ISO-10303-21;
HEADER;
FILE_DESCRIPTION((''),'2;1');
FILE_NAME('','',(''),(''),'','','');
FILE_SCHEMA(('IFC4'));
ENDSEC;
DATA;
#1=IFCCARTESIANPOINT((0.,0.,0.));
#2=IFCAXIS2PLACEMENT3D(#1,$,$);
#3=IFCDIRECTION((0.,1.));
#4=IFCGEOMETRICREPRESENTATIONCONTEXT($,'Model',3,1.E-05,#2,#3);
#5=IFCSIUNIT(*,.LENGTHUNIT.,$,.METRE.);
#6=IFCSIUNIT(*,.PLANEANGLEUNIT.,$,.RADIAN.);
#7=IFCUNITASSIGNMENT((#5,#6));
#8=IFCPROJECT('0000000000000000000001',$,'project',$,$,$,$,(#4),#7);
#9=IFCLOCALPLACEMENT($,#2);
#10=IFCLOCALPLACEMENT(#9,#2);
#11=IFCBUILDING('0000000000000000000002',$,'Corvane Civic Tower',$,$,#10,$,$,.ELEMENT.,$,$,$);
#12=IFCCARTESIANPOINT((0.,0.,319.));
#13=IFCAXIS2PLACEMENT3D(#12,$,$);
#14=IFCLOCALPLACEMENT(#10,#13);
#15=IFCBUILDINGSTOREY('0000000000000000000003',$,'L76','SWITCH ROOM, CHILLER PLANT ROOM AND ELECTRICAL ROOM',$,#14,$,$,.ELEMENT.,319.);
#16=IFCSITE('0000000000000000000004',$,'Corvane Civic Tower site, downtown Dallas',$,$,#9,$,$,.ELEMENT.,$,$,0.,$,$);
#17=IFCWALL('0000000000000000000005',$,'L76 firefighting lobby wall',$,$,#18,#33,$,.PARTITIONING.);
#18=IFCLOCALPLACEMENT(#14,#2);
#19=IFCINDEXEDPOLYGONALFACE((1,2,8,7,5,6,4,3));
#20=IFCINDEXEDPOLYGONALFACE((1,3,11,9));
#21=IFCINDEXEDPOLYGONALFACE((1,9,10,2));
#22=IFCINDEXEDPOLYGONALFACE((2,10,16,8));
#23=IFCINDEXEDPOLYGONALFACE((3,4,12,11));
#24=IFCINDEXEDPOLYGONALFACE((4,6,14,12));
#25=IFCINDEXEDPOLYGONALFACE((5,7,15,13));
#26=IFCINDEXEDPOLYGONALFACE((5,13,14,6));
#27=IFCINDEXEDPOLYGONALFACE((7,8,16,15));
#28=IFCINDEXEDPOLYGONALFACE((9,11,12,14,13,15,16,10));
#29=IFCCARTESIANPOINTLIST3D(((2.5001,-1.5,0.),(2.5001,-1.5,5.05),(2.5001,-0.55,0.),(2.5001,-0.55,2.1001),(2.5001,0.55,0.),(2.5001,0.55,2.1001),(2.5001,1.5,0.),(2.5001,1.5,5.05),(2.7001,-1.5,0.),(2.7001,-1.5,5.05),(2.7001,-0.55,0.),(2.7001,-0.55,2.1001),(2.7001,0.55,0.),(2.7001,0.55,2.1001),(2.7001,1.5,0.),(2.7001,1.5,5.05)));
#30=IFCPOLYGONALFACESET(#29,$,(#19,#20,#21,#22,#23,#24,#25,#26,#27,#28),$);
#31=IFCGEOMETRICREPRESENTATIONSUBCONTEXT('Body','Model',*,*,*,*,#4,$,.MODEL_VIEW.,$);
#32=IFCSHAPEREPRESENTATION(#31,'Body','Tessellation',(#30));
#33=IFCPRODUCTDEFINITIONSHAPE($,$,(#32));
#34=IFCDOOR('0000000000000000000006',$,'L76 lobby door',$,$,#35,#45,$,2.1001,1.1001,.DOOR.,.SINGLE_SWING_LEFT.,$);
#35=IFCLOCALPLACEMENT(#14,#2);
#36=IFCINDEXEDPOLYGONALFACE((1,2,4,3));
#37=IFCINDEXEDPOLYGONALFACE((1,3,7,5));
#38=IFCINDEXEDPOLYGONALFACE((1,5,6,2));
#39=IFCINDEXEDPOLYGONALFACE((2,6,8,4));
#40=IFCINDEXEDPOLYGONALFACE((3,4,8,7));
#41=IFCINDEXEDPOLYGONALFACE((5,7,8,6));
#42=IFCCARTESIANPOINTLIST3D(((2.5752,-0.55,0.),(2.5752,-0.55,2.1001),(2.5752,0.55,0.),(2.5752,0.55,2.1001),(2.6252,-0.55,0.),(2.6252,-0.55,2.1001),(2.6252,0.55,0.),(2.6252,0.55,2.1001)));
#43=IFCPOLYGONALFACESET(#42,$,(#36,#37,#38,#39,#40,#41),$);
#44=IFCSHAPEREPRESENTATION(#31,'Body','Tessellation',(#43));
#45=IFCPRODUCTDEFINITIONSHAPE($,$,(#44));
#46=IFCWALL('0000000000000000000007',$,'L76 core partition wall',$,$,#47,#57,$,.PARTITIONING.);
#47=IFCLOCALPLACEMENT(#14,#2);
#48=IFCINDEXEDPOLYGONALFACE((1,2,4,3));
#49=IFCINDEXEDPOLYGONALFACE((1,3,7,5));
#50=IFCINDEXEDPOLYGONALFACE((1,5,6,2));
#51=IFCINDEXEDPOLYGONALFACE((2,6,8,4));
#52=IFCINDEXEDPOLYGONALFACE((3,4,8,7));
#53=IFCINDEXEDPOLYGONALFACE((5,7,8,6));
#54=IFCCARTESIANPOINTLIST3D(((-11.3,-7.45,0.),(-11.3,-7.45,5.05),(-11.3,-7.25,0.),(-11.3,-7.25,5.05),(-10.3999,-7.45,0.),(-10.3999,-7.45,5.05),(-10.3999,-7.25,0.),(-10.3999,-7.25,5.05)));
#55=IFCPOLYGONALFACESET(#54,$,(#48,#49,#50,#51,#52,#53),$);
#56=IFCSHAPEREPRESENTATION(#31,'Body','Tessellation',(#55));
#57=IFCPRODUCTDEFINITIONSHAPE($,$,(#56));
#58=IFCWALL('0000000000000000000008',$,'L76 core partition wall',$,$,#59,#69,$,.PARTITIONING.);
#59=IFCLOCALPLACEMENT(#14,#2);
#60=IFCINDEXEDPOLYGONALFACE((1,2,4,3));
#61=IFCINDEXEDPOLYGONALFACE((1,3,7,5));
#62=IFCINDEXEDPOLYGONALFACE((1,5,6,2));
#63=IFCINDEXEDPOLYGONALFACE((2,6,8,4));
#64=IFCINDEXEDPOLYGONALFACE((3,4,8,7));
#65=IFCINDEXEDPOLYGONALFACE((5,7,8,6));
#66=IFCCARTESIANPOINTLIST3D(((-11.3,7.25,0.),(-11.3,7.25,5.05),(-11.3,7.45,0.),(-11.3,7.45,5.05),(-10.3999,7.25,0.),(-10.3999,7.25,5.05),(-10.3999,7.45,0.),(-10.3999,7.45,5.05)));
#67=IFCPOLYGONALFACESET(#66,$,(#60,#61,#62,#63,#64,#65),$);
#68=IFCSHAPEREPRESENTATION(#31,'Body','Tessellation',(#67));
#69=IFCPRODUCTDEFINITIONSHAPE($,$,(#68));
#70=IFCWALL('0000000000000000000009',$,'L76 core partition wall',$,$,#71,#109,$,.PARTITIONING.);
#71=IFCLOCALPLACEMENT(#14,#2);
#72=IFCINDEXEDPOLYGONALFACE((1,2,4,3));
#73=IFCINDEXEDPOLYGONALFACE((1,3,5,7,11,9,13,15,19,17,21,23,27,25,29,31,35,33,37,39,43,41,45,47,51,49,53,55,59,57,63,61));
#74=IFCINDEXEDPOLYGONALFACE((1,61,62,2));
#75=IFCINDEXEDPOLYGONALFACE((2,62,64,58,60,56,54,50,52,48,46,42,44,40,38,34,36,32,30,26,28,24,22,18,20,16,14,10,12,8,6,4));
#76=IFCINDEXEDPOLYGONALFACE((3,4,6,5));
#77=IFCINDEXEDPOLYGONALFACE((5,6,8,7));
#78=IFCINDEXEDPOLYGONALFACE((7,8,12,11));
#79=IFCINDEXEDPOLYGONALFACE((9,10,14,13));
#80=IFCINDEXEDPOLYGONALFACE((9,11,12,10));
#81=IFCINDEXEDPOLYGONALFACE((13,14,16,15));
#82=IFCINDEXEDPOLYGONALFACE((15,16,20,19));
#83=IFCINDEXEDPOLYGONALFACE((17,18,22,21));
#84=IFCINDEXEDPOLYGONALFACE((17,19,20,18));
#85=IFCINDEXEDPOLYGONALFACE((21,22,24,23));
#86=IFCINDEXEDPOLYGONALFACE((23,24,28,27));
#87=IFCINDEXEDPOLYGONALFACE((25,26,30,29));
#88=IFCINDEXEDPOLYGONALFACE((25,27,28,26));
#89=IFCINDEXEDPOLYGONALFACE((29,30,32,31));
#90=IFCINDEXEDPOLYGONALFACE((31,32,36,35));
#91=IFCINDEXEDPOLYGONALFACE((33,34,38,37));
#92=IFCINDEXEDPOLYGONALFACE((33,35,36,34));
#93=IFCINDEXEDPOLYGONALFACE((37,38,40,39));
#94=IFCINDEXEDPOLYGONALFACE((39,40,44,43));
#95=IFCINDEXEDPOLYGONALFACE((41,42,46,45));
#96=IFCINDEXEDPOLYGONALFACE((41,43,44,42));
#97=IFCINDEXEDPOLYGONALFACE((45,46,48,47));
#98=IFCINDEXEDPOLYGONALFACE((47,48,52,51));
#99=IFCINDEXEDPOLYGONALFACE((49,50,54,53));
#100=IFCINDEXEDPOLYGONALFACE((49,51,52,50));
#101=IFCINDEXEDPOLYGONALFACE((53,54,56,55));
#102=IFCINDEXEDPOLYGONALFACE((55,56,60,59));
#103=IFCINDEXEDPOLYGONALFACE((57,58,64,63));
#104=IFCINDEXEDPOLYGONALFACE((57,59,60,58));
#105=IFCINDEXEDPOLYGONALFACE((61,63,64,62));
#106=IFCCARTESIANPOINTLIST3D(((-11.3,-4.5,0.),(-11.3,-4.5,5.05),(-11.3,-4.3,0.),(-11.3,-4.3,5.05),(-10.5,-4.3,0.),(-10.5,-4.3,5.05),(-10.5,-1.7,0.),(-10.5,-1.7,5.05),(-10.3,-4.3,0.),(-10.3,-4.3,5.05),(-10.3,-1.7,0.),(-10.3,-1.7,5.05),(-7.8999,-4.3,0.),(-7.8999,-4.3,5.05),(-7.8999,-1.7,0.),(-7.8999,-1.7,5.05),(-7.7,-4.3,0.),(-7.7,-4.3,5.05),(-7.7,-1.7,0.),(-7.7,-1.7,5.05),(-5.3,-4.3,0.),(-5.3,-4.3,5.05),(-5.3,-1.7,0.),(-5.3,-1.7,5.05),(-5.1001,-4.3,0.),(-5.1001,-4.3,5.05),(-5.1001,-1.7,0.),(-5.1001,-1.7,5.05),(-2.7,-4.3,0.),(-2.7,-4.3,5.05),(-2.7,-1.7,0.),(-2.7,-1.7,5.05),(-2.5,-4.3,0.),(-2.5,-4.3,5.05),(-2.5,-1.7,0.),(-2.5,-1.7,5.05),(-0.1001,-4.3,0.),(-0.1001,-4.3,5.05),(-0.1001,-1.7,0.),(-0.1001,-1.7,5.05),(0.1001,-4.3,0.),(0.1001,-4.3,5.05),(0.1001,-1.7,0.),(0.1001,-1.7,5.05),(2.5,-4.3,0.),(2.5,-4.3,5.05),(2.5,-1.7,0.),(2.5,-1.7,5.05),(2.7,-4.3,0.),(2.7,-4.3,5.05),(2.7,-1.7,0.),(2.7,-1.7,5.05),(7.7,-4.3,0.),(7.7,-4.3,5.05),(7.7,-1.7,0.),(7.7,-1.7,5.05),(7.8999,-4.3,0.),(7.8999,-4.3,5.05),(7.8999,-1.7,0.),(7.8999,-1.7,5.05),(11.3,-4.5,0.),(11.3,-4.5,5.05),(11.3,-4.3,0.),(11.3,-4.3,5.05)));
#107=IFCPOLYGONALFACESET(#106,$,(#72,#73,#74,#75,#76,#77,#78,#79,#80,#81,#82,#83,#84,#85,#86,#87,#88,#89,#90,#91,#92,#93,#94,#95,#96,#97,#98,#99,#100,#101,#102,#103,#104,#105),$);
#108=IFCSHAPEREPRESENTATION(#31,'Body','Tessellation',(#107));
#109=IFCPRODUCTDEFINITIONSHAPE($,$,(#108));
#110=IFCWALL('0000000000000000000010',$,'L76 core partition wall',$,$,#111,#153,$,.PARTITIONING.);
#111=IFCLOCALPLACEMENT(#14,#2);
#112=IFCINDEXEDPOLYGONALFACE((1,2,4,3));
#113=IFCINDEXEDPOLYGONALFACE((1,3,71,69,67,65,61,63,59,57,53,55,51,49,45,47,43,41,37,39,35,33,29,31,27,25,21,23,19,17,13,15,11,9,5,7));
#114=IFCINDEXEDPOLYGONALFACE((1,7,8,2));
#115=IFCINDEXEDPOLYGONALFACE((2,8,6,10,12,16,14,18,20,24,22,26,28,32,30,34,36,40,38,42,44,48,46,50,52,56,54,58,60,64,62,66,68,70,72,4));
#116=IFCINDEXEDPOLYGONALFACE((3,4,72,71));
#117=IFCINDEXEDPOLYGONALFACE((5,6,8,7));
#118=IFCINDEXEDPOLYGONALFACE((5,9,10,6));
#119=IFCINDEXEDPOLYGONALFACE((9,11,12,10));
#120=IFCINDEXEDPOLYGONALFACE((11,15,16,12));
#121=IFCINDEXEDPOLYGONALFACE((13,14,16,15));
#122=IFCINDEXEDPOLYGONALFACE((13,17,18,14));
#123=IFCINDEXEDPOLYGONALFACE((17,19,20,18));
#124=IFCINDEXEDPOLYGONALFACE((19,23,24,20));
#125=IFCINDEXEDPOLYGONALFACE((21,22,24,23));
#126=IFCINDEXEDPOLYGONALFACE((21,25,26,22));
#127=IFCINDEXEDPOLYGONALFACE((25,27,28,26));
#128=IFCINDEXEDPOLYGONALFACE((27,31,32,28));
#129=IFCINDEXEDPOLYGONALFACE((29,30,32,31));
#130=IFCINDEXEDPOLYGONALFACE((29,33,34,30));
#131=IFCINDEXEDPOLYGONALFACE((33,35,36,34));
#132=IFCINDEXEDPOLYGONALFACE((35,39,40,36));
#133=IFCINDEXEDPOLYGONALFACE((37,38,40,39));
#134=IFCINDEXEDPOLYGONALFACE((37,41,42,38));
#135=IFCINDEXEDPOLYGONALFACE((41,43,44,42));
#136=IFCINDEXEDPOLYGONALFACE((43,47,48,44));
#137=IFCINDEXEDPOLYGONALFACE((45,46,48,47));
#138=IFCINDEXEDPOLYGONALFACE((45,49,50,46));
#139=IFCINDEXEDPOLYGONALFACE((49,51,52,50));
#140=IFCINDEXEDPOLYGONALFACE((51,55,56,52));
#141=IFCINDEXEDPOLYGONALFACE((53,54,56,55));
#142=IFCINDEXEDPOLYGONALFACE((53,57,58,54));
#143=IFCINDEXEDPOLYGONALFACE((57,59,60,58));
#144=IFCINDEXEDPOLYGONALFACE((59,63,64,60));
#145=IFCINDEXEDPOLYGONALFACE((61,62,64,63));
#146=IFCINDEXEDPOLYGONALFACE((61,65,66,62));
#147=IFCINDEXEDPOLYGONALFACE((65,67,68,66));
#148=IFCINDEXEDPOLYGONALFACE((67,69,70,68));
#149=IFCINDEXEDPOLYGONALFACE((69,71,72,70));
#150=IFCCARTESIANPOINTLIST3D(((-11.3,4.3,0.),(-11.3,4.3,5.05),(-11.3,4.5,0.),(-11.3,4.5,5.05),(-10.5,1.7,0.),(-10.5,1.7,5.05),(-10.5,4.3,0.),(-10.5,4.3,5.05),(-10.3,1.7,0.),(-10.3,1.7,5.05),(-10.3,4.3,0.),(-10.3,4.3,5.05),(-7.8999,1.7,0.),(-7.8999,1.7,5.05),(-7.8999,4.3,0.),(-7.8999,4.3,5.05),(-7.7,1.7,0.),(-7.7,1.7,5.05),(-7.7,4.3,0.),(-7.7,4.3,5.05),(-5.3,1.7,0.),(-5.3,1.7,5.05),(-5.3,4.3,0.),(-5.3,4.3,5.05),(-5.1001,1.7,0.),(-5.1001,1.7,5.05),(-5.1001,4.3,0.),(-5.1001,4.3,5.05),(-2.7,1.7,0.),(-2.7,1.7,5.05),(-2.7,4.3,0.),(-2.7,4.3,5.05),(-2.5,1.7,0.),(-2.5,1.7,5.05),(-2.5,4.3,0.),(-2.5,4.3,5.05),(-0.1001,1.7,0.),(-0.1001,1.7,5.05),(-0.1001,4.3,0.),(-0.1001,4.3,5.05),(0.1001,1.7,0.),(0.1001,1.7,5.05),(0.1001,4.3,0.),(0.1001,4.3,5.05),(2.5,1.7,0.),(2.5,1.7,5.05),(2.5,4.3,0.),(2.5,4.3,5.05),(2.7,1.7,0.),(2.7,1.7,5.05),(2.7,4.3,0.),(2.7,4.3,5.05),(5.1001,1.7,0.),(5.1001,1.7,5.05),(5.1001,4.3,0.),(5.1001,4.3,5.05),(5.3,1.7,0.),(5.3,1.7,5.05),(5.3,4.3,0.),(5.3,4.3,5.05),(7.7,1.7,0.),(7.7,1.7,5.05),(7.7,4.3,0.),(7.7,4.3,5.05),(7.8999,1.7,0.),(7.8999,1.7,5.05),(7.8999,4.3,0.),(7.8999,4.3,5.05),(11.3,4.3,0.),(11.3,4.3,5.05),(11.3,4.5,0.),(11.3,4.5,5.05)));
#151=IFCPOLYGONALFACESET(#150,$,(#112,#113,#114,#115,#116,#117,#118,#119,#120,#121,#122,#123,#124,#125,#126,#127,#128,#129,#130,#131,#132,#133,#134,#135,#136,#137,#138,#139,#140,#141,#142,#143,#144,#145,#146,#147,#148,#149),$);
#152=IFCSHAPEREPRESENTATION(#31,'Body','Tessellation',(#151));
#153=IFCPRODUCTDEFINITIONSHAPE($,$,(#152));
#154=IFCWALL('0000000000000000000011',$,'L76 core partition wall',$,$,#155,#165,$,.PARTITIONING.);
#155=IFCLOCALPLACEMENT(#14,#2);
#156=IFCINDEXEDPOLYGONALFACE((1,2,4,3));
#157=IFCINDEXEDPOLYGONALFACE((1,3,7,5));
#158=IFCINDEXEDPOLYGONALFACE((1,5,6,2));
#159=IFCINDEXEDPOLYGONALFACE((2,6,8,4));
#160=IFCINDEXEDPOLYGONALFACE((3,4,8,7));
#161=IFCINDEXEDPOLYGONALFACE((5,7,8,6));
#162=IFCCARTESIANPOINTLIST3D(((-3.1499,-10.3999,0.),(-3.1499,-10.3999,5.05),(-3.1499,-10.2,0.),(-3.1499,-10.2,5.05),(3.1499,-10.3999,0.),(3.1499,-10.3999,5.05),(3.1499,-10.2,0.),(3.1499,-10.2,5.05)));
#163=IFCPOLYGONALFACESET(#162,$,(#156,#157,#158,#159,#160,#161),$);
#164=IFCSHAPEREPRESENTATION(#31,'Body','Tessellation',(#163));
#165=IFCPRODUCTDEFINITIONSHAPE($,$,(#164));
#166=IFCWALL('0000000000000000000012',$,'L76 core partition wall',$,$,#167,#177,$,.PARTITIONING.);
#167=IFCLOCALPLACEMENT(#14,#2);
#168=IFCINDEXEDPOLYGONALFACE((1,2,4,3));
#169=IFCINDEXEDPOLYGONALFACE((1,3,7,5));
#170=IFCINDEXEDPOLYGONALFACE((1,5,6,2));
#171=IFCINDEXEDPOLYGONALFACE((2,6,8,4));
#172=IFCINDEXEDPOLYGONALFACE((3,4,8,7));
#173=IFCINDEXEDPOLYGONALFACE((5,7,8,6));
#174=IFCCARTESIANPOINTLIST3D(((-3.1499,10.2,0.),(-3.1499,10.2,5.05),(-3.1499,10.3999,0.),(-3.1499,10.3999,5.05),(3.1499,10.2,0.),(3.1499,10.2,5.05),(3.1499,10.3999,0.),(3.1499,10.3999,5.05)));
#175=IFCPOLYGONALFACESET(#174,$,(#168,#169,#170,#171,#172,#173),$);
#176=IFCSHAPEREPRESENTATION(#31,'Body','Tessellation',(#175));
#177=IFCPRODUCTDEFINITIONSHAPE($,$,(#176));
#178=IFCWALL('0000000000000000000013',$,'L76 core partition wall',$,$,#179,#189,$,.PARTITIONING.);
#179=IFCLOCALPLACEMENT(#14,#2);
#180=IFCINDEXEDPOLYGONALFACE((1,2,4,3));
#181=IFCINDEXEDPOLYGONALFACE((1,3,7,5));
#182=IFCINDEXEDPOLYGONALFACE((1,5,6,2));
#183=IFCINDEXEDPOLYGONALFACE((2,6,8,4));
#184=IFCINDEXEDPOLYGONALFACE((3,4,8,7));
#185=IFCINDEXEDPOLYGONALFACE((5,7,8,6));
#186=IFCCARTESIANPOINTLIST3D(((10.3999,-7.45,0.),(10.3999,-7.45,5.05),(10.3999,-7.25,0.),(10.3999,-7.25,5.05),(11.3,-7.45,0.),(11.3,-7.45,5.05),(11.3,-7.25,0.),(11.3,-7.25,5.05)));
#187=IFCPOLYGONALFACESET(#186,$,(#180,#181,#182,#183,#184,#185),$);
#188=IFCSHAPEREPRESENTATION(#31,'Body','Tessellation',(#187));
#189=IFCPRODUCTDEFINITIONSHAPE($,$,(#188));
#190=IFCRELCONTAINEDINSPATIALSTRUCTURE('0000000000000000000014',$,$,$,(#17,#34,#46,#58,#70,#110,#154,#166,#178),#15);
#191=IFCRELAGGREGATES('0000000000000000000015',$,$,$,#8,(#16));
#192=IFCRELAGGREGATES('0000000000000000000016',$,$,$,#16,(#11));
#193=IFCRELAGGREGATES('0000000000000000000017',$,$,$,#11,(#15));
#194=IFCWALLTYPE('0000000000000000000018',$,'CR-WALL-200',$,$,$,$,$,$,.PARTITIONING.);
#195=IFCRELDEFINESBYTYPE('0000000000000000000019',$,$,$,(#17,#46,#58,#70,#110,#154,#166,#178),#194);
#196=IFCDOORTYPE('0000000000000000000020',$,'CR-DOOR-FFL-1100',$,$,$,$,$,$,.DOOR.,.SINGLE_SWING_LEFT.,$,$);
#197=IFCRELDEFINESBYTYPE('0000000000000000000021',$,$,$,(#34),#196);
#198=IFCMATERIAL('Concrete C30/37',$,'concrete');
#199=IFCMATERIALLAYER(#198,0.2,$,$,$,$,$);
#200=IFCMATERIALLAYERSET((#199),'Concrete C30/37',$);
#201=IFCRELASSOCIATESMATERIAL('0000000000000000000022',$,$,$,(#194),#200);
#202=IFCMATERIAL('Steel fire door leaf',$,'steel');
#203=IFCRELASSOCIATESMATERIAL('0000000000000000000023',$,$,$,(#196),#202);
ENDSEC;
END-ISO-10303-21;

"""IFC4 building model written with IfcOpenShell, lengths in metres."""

from ifc_helpers import new_model, si_unit, direction, frame, frame_2d, origin, place, context, subcontext, project, spatial, polyline, rectangle, outline, extrude, material, layer, layer_set, type_object, element, fill, save


model = new_model("IFC4")

# Units and contexts
model_context = context("Model", 3, precision=1e-05, world=origin(), true_north=direction((0.0, 1.0)))
body_context = subcontext(model_context, "Body", "Model", "MODEL_VIEW")
ifc_project = project(units=[si_unit("LENGTHUNIT", "METRE"), si_unit("PLANEANGLEUNIT", "RADIAN")], contexts=[model_context])

# Site, building, storey
site_placement = place(None, origin())
site = spatial("IfcSite", under=ifc_project, at=site_placement, Name="Corvane Civic Tower site, downtown Dallas", CompositionType="ELEMENT", RefElevation=0.0)
building_placement = place(site_placement, origin())
building = spatial("IfcBuilding", under=site, at=building_placement, Name="Corvane Civic Tower", CompositionType="ELEMENT")
storey_placement = place(building_placement, frame((0.0, 0.0, 319.0)))
storey = spatial("IfcBuildingStorey", under=building, at=storey_placement, Name="L76", Description="SWITCH ROOM, CHILLER PLANT ROOM AND ELECTRICAL ROOM", CompositionType="ELEMENT", Elevation=319.0)

# Wall, opening, door
ifc_material_1 = material(Name="Concrete C30/37", Category="concrete")
ifc_layer_1 = layer(ifc_material_1, 0.2)
ifc_layer_set_1 = layer_set([ifc_layer_1], Name="Concrete C30/37")
wall_type_1 = type_object("IfcWallType", Name="CR-WALL-200", PredefinedType="PARTITIONING", material=ifc_layer_set_1)
wall_1_placement = place(storey_placement, frame((2.6001, -1.5, 0.0), z_axis=(0.0, 0.0, 1.0), x_axis=(0.0, 1.0, 0.0)))
wall_1 = element("IfcWall", 1, at=wall_1_placement, inside=storey, type_object=wall_type_1, Name="L76 firefighting lobby wall", PredefinedType="PARTITIONING", context=body_context, shape_type="SweptSolid", body=[
    extrude(rectangle(XDim=3.0, YDim=0.2, at=frame_2d((1.5, 0.0))), origin(), (0.0, 0.0, 1.0), 5.05),
])
opening_1_placement = place(wall_1_placement, frame((0.95, 0.0, 0.0)))
opening_1 = element("IfcOpeningElement", 2, at=opening_1_placement, cuts=wall_1, PredefinedType="OPENING", context=body_context, shape_type="SweptSolid", body=[
    extrude(rectangle(XDim=1.1001, YDim=2.1001, at=frame_2d((0.55, 1.05))), frame((0.0, 0.1099, 0.0), z_axis=(0.0, -1.0, 0.0), x_axis=(1.0, 0.0, 0.0)), (0.0, 0.0, 1.0), 0.22),
])
ifc_material_2 = material(Name="Steel fire door leaf", Category="steel")
door_type_1 = type_object("IfcDoorType", Name="CR-DOOR-FFL-1100", OperationType="SINGLE_SWING_LEFT", PredefinedType="DOOR", material=ifc_material_2)
door_1_placement = place(opening_1_placement, origin())
door_1 = element("IfcDoor", 3, at=door_1_placement, inside=storey, type_object=door_type_1, Name="L76 lobby door", OperationType="SINGLE_SWING_LEFT", OverallHeight=2.1001, OverallWidth=1.1001, PredefinedType="DOOR", context=body_context, shape_type="SweptSolid", body=[
    extrude(rectangle(XDim=1.1001, YDim=2.1001, at=frame_2d((0.55, 1.05))), frame((0.0, 0.0249, 0.0), z_axis=(0.0, -1.0, 0.0), x_axis=(1.0, 0.0, 0.0)), (0.0, 0.0, 1.0), 0.05),
])
fill(opening_1, door_1)

# Walls
wall_2_placement = place(storey_placement, origin())
element("IfcWall", 4, at=wall_2_placement, inside=storey, type_object=wall_type_1, Name="L76 core partition wall", PredefinedType="PARTITIONING", context=body_context, shape_type="SweptSolid", body=[
    extrude(outline(polyline([(-10.3999, -7.45), (-11.3, -7.45), (-11.3, -7.25), (-10.3999, -7.25), (-10.3999, -7.45)])), origin(), (0.0, 0.0, 1.0), 5.05),
])
wall_3_placement = place(storey_placement, origin())
element("IfcWall", 5, at=wall_3_placement, inside=storey, type_object=wall_type_1, Name="L76 core partition wall", PredefinedType="PARTITIONING", context=body_context, shape_type="SweptSolid", body=[
    extrude(outline(polyline([(-11.3, 7.25), (-11.3, 7.45), (-10.3999, 7.45), (-10.3999, 7.25), (-11.3, 7.25)])), origin(), (0.0, 0.0, 1.0), 5.05),
])
wall_4_placement = place(storey_placement, origin())
element("IfcWall", 6, at=wall_4_placement, inside=storey, type_object=wall_type_1, Name="L76 core partition wall", PredefinedType="PARTITIONING", context=body_context, shape_type="SweptSolid", body=[
    extrude(outline(polyline([(-10.3, -1.7), (-10.3, -4.3), (-7.8999, -4.3), (-7.8999, -1.7), (-7.7, -1.7), (-7.7, -4.3), (-5.3, -4.3), (-5.3, -1.7), (-5.1001, -1.7), (-5.1001, -4.3), (-2.7, -4.3), (-2.7, -1.7), (-2.5, -1.7), (-2.5, -4.3), (-0.1001, -4.3), (-0.1001, -1.7), (0.1001, -1.7), (0.1001, -4.3), (2.5, -4.3), (2.5, -1.7), (2.7, -1.7), (2.7, -4.3), (7.7, -4.3), (7.7, -1.7), (7.8999, -1.7), (7.8999, -4.3), (11.3, -4.3), (11.3, -4.5), (-11.3, -4.5), (-11.3, -4.3), (-10.5, -4.3), (-10.5, -1.7), (-10.3, -1.7)])), origin(), (0.0, 0.0, 1.0), 5.05),
])
wall_5_placement = place(storey_placement, origin())
element("IfcWall", 7, at=wall_5_placement, inside=storey, type_object=wall_type_1, Name="L76 core partition wall", PredefinedType="PARTITIONING", context=body_context, shape_type="SweptSolid", body=[
    extrude(outline(polyline([(0.1001, 1.7), (-0.1001, 1.7), (-0.1001, 4.3), (-2.5, 4.3), (-2.5, 1.7), (-2.7, 1.7), (-2.7, 4.3), (-5.1001, 4.3), (-5.1001, 1.7), (-5.3, 1.7), (-5.3, 4.3), (-7.7, 4.3), (-7.7, 1.7), (-7.8999, 1.7), (-7.8999, 4.3), (-10.3, 4.3), (-10.3, 1.7), (-10.5, 1.7), (-10.5, 4.3), (-11.3, 4.3), (-11.3, 4.5), (11.3, 4.5), (11.3, 4.3), (7.8999, 4.3), (7.8999, 1.7), (7.7, 1.7), (7.7, 4.3), (5.3, 4.3), (5.3, 1.7), (5.1001, 1.7), (5.1001, 4.3), (2.7, 4.3), (2.7, 1.7), (2.5, 1.7), (2.5, 4.3), (0.1001, 4.3), (0.1001, 1.7)])), origin(), (0.0, 0.0, 1.0), 5.05),
])
wall_6_placement = place(storey_placement, origin())
element("IfcWall", 8, at=wall_6_placement, inside=storey, type_object=wall_type_1, Name="L76 core partition wall", PredefinedType="PARTITIONING", context=body_context, shape_type="SweptSolid", body=[
    extrude(outline(polyline([(3.1499, -10.3999), (-3.1499, -10.3999), (-3.1499, -10.2), (3.1499, -10.2), (3.1499, -10.3999)])), origin(), (0.0, 0.0, 1.0), 5.05),
])
wall_7_placement = place(storey_placement, origin())
element("IfcWall", 9, at=wall_7_placement, inside=storey, type_object=wall_type_1, Name="L76 core partition wall", PredefinedType="PARTITIONING", context=body_context, shape_type="SweptSolid", body=[
    extrude(outline(polyline([(-3.1499, 10.2), (-3.1499, 10.3999), (3.1499, 10.3999), (3.1499, 10.2), (-3.1499, 10.2)])), origin(), (0.0, 0.0, 1.0), 5.05),
])
wall_8_placement = place(storey_placement, origin())
element("IfcWall", 10, at=wall_8_placement, inside=storey, type_object=wall_type_1, Name="L76 core partition wall", PredefinedType="PARTITIONING", context=body_context, shape_type="SweptSolid", body=[
    extrude(outline(polyline([(11.3, -7.45), (10.3999, -7.45), (10.3999, -7.25), (11.3, -7.25), (11.3, -7.45)])), origin(), (0.0, 0.0, 1.0), 5.05),
])

save(model, "model.ifc")
